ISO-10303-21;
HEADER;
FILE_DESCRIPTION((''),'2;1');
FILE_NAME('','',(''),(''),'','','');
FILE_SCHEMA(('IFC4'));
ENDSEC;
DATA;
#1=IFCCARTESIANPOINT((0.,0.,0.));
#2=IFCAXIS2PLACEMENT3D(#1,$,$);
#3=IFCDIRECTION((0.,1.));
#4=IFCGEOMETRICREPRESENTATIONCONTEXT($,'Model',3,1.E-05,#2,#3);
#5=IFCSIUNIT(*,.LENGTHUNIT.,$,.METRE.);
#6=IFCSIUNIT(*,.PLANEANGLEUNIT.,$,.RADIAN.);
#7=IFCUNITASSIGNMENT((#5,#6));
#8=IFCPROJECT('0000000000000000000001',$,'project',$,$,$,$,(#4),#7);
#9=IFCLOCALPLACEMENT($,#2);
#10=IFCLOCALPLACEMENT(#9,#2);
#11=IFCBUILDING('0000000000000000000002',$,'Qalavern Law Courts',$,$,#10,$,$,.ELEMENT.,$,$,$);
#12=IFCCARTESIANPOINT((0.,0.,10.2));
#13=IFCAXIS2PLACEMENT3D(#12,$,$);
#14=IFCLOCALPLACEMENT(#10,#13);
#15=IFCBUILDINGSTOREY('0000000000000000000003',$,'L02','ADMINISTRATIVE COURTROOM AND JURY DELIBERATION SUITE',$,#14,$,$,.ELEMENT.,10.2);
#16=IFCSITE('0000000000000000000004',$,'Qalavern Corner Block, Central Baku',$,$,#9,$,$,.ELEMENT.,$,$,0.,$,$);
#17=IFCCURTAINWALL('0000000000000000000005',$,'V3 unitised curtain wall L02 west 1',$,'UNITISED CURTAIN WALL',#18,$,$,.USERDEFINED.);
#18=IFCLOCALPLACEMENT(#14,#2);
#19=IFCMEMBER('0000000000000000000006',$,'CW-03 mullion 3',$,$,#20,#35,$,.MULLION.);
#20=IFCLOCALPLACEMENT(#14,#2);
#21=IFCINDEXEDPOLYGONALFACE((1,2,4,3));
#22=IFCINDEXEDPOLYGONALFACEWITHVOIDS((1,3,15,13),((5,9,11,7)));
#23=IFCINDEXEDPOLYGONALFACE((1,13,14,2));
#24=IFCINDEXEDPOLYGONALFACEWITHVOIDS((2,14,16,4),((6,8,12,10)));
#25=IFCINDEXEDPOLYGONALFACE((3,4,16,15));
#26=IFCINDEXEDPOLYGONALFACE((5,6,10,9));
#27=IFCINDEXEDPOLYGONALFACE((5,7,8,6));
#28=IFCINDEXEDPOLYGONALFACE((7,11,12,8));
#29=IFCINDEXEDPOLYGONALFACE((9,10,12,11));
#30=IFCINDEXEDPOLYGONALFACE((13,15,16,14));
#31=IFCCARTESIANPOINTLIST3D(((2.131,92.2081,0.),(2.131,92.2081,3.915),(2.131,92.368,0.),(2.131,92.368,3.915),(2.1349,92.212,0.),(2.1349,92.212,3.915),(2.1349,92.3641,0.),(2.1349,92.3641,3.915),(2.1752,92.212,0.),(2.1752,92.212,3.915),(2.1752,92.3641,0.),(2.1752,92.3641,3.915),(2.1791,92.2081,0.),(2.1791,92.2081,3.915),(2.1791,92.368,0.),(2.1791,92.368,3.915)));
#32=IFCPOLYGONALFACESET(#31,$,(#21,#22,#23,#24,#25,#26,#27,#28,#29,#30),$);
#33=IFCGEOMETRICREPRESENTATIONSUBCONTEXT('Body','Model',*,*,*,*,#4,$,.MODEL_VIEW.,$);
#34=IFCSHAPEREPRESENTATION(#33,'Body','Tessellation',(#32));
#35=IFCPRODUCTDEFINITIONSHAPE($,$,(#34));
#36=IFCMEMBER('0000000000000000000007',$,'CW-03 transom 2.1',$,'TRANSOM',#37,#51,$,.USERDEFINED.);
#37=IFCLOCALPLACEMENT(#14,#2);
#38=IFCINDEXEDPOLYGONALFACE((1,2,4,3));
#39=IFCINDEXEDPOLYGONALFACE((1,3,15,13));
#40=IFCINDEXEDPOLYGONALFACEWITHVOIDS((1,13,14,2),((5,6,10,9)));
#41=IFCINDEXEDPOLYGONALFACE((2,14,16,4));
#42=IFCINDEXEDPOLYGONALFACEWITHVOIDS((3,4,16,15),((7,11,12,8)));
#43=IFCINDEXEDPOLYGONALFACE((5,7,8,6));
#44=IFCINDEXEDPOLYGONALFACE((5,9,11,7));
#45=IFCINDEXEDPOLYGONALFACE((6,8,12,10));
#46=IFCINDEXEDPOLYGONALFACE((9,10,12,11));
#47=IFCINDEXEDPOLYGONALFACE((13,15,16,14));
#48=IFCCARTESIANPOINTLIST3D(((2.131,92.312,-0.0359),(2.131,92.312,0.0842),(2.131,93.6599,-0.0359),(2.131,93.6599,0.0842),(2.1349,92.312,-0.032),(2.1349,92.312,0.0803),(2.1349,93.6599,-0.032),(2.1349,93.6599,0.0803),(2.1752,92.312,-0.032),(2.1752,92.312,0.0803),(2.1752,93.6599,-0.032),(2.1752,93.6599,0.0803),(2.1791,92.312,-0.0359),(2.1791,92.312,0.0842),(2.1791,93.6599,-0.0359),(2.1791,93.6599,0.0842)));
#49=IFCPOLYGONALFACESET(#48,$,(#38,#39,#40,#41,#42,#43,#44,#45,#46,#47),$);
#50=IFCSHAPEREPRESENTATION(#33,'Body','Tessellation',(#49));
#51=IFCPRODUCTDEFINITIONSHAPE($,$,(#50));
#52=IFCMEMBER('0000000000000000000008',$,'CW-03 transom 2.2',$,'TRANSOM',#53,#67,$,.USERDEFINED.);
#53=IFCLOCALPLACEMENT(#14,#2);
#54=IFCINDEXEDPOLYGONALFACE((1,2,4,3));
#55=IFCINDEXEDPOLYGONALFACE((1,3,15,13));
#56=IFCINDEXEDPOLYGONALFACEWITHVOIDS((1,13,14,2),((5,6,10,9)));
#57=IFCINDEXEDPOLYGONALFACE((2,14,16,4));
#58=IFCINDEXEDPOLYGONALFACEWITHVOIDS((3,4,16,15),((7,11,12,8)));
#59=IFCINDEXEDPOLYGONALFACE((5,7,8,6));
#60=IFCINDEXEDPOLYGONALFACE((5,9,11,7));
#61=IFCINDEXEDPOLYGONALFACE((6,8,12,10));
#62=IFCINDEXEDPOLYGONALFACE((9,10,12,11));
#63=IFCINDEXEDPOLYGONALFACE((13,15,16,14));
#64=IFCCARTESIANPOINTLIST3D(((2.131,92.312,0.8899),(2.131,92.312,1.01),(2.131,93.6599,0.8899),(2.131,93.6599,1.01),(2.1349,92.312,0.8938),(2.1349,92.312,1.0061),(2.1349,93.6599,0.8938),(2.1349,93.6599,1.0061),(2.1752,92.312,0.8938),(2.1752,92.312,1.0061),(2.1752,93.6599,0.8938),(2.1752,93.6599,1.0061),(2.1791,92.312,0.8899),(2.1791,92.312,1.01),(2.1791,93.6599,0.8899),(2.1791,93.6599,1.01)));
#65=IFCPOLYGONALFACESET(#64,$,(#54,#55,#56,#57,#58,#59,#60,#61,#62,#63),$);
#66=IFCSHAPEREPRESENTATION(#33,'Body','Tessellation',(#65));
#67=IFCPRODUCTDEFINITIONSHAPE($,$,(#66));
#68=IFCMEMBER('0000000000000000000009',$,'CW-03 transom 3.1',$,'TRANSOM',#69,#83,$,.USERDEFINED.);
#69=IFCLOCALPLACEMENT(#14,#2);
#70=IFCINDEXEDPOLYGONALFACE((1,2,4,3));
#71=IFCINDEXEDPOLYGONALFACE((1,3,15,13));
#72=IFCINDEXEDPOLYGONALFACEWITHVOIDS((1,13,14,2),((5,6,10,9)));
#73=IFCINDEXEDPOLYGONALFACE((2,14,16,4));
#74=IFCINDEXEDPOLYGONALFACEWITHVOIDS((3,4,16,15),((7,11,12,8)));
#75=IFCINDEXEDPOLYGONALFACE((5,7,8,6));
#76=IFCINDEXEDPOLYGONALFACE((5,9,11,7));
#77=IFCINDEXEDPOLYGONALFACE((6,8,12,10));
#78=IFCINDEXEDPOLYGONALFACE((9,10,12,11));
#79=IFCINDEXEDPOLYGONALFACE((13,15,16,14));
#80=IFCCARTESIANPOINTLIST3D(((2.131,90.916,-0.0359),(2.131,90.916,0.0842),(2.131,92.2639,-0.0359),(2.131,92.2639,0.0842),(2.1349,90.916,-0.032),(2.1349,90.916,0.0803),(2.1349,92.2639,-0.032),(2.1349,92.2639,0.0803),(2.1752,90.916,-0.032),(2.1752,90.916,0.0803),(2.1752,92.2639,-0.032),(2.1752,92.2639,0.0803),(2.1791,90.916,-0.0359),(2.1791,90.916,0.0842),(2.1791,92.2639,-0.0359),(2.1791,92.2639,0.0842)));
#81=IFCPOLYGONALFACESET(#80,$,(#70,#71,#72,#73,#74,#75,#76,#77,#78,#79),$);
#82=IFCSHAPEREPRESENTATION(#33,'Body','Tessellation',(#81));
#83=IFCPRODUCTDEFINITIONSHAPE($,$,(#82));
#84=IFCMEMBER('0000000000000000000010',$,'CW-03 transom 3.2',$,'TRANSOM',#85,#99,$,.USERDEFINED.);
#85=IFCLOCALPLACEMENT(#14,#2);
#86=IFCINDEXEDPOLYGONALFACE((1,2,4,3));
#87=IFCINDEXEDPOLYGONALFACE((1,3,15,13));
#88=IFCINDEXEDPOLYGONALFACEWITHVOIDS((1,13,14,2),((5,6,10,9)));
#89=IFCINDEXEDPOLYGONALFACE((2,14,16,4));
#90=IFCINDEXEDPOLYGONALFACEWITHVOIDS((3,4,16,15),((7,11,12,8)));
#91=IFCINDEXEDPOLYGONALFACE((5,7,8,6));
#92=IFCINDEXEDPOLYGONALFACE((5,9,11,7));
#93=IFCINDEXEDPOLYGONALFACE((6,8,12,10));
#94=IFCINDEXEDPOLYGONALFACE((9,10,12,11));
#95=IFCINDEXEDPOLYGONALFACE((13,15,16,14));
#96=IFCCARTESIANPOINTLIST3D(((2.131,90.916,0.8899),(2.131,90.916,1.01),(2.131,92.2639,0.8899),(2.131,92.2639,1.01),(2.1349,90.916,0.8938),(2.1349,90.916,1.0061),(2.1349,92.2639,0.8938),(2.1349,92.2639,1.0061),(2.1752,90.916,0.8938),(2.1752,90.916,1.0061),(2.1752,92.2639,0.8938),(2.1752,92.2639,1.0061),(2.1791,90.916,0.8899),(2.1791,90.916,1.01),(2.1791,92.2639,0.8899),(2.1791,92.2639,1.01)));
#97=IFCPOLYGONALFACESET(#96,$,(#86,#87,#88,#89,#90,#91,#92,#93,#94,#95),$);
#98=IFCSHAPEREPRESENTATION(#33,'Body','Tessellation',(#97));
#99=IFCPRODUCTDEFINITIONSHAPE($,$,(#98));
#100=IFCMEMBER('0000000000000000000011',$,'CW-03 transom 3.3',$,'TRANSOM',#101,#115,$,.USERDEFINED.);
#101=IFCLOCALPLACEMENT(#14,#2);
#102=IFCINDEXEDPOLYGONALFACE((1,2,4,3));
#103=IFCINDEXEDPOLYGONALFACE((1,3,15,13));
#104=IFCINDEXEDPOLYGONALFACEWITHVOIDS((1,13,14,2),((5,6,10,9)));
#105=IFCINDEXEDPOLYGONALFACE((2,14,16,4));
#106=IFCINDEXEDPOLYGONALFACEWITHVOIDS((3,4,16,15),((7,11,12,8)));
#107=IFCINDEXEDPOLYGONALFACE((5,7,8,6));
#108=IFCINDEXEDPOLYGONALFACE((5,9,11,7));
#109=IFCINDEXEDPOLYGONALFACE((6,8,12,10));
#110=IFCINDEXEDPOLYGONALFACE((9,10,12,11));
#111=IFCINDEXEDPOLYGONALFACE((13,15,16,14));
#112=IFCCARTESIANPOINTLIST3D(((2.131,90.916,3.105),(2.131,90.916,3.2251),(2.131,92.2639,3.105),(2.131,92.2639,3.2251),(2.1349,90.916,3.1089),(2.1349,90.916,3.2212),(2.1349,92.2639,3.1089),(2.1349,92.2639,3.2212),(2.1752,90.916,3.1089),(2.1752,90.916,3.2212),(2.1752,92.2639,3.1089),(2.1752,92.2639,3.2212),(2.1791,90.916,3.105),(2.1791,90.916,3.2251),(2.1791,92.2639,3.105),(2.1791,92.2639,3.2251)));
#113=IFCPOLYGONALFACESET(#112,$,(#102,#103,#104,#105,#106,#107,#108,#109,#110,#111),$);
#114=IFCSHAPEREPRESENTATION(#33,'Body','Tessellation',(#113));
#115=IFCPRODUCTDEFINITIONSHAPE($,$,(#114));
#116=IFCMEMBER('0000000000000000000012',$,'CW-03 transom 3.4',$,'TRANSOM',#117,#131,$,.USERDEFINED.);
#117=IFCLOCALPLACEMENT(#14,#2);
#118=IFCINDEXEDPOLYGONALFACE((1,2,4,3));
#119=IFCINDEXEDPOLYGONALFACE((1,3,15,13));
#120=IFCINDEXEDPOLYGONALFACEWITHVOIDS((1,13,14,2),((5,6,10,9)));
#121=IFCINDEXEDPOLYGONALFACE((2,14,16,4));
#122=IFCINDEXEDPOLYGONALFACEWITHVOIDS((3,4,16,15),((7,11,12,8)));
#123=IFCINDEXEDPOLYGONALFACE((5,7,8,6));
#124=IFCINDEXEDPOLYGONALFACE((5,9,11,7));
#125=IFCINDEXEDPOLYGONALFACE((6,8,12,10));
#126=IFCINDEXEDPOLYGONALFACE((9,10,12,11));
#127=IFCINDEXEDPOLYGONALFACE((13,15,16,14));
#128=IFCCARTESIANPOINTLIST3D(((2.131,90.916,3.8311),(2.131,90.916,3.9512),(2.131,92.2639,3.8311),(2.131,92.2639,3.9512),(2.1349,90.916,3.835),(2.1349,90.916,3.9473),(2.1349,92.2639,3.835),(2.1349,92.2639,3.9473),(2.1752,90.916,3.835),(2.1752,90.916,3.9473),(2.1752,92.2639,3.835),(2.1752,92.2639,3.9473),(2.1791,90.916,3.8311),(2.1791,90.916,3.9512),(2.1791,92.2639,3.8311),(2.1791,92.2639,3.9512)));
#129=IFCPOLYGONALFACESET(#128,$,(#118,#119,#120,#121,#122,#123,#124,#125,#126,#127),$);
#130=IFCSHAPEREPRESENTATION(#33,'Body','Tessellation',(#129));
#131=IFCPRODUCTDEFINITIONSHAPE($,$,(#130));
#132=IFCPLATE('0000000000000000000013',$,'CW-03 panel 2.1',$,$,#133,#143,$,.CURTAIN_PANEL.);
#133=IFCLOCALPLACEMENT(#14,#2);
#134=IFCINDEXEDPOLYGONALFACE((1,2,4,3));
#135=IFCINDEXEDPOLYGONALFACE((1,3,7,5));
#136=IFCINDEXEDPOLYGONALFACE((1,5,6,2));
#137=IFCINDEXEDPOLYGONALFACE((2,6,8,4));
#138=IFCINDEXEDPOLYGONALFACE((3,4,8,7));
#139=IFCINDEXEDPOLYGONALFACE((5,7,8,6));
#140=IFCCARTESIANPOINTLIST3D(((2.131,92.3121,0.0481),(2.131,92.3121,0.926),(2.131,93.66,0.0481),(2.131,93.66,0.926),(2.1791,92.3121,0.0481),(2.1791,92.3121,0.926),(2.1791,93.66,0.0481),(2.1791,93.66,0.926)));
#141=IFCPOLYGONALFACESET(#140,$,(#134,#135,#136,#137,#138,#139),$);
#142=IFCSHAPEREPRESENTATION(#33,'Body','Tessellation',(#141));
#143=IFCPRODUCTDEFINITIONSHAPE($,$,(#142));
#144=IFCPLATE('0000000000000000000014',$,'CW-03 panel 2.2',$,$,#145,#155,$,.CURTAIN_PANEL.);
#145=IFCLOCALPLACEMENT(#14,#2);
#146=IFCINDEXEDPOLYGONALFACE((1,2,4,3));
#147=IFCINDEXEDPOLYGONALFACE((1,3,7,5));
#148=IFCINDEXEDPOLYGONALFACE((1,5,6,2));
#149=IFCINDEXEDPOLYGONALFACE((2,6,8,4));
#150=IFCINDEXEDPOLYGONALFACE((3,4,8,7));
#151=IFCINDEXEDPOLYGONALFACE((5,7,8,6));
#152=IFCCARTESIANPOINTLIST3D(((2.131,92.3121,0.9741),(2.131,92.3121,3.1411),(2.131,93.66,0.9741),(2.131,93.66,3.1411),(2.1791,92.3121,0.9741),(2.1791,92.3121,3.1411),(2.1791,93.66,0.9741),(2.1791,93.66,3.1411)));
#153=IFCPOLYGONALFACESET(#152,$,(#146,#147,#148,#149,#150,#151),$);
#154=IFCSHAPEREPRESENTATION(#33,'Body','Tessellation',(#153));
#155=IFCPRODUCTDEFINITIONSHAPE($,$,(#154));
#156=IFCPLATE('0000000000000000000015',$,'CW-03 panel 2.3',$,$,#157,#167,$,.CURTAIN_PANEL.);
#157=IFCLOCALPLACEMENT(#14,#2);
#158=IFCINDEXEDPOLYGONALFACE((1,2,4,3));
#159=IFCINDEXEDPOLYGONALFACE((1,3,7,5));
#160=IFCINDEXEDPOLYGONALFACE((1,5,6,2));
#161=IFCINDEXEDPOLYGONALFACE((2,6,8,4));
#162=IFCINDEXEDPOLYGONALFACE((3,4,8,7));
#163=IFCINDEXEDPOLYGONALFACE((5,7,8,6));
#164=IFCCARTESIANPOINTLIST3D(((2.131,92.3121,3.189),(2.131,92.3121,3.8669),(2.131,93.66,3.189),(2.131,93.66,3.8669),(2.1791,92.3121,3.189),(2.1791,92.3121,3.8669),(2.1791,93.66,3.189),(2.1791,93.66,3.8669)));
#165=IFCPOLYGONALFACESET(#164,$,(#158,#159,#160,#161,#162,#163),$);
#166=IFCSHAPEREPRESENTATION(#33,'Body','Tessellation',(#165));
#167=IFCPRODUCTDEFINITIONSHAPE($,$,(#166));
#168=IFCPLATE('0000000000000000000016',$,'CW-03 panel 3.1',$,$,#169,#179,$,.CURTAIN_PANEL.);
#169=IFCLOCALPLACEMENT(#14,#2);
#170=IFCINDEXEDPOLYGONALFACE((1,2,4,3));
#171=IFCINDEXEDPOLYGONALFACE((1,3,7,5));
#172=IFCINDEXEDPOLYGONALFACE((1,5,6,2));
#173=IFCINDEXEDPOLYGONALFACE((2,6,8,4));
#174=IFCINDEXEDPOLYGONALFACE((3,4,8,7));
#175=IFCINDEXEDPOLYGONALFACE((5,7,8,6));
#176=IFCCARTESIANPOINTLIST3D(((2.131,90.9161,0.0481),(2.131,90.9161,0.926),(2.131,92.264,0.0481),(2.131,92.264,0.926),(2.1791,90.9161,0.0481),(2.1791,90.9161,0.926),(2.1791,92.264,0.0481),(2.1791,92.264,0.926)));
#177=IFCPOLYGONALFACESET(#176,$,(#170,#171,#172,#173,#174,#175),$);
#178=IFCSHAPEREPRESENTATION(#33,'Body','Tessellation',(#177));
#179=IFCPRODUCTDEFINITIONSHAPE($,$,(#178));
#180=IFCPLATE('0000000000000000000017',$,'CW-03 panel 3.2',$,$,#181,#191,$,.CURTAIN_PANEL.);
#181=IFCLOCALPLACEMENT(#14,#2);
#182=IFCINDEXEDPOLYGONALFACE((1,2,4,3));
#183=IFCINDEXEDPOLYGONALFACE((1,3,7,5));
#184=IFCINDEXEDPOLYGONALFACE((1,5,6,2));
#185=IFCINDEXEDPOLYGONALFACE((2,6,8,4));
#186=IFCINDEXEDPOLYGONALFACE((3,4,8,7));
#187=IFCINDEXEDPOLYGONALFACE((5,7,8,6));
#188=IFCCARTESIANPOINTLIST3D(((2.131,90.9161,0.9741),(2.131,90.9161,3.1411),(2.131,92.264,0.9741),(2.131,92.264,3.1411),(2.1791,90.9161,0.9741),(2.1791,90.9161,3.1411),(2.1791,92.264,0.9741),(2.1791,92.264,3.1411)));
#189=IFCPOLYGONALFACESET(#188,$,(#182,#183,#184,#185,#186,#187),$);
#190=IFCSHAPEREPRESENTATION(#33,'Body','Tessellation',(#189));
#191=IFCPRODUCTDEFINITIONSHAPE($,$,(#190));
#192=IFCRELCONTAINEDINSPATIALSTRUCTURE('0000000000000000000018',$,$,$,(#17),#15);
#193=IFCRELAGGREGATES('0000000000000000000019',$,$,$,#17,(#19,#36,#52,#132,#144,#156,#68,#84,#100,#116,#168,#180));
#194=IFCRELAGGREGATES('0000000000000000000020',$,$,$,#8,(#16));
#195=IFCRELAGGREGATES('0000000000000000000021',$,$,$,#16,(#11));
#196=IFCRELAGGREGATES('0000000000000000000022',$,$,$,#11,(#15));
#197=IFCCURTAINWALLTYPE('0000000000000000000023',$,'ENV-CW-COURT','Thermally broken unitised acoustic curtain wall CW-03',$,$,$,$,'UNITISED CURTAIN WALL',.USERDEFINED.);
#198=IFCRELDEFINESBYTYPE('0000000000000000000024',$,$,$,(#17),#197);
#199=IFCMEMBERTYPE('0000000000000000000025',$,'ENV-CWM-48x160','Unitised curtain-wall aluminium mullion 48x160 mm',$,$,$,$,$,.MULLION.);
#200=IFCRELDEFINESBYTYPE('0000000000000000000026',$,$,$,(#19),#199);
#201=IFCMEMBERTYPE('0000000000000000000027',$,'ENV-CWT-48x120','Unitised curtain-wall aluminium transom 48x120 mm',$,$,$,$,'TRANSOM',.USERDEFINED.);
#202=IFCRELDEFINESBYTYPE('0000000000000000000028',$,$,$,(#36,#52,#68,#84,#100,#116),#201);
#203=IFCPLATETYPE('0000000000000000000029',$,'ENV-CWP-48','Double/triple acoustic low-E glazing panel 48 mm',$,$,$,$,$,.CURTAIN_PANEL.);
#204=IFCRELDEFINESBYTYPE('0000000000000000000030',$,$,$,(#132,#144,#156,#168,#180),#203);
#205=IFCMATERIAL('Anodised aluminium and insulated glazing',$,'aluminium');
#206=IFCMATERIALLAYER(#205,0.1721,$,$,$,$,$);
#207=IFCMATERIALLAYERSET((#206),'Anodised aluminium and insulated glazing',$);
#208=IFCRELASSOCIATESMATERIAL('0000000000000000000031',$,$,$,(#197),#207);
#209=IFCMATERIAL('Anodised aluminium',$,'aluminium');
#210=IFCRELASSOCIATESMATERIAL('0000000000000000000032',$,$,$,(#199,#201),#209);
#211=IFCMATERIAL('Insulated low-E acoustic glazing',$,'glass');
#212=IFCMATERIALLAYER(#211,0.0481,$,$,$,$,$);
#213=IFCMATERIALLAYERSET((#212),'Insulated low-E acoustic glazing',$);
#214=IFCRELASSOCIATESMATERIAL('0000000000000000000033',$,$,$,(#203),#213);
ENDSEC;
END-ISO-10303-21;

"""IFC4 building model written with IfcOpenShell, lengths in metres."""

from ifc_helpers import new_model, si_unit, direction, frame, origin, origin_2d, place, context, subcontext, project, spatial, rectangle, hollow_rectangle, extrude, material, layer, layer_set, material_profile, profile_set, type_object, element, aggregate, save


model = new_model("IFC4")

# Units and contexts
model_context = context("Model", 3, precision=1e-05, world=origin(), true_north=direction((0.0, 1.0)))
body_context = subcontext(model_context, "Body", "Model", "MODEL_VIEW")
ifc_project = project(units=[si_unit("LENGTHUNIT", "METRE"), si_unit("PLANEANGLEUNIT", "RADIAN")], contexts=[model_context])

# Site, building, storey
site_placement = place(None, origin())
site = spatial("IfcSite", under=ifc_project, at=site_placement, Name="Qalavern Corner Block, Central Baku", CompositionType="ELEMENT", RefElevation=0.0)
building_placement = place(site_placement, origin())
building = spatial("IfcBuilding", under=site, at=building_placement, Name="Qalavern Law Courts", CompositionType="ELEMENT")
storey_placement = place(building_placement, frame((0.0, 0.0, 10.2)))
storey = spatial("IfcBuildingStorey", under=building, at=storey_placement, Name="L02", Description="ADMINISTRATIVE COURTROOM AND JURY DELIBERATION SUITE", CompositionType="ELEMENT", Elevation=10.2)

# Curtain wall, members, plates
ifc_material_1 = material(Name="Anodised aluminium and insulated glazing", Category="aluminium")
ifc_layer_1 = layer(ifc_material_1, 0.1721)
ifc_layer_set_1 = layer_set([ifc_layer_1], Name="Anodised aluminium and insulated glazing")
curtain_wall_type = type_object("IfcCurtainWallType", Name="ENV-CW-COURT", Description="Thermally broken unitised acoustic curtain wall CW-03", ElementType="UNITISED CURTAIN WALL", PredefinedType="USERDEFINED", material=ifc_layer_set_1)
curtain_wall_placement = place(storey_placement, origin())
curtain_wall = element("IfcCurtainWall", 1, at=curtain_wall_placement, inside=storey, type_object=curtain_wall_type, Name="V3 unitised curtain wall L02 west 1", ObjectType="UNITISED CURTAIN WALL", PredefinedType="USERDEFINED")
ifc_material_2 = material(Name="Anodised aluminium", Category="aluminium")
ifc_material_profile_1 = material_profile(ifc_material_2, hollow_rectangle(XDim=0.0481, YDim=0.1599, WallThickness=0.0039, at=origin_2d()), Name="ALU MULLION 48x160")
ifc_profile_set_1 = profile_set([ifc_material_profile_1], Name="Anodised aluminium")
member_type_1 = type_object("IfcMemberType", Name="ENV-CWM-48x160", Description="Unitised curtain-wall aluminium mullion 48x160 mm", PredefinedType="MULLION", material=ifc_profile_set_1)
member_1_placement = place(storey_placement, frame((2.155, 92.2881, 0.0), z_axis=(0.0, 0.0, 1.0), x_axis=(1.0, 0.0, 0.0)))
member_1 = element("IfcMember", 2, at=member_1_placement, type_object=member_type_1, Name="CW-03 mullion 3", PredefinedType="MULLION", context=body_context, shape_type="SweptSolid", body=[
    extrude(hollow_rectangle(XDim=0.0481, YDim=0.1599, WallThickness=0.0039, at=origin_2d()), origin(), (0.0, 0.0, 1.0), 3.915),
])
ifc_material_profile_2 = material_profile(ifc_material_2, hollow_rectangle(XDim=0.0481, YDim=0.1201, WallThickness=0.0039, at=origin_2d()), Name="ALU TRANSOM 48x120")
ifc_profile_set_2 = profile_set([ifc_material_profile_2], Name="Anodised aluminium")
member_type_2 = type_object("IfcMemberType", Name="ENV-CWT-48x120", Description="Unitised curtain-wall aluminium transom 48x120 mm", ElementType="TRANSOM", PredefinedType="USERDEFINED", material=ifc_profile_set_2)
member_2_placement = place(storey_placement, frame((2.155, 93.6599, 0.0242), z_axis=(0.0, -1.0, 0.0), x_axis=(1.0, 0.0, 0.0)))
member_2 = element("IfcMember", 3, at=member_2_placement, type_object=member_type_2, Name="CW-03 transom 2.1", ObjectType="TRANSOM", PredefinedType="USERDEFINED", context=body_context, shape_type="SweptSolid", body=[
    extrude(hollow_rectangle(XDim=0.0481, YDim=0.1201, WallThickness=0.0039, at=origin_2d()), origin(), (0.0, 0.0, 1.0), 1.3479),
])
member_3_placement = place(storey_placement, frame((2.155, 93.6599, 0.95), z_axis=(0.0, -1.0, 0.0), x_axis=(1.0, 0.0, 0.0)))
member_3 = element("IfcMember", 4, at=member_3_placement, type_object=member_type_2, Name="CW-03 transom 2.2", ObjectType="TRANSOM", PredefinedType="USERDEFINED", context=body_context, shape_type="SweptSolid", body=[
    extrude(hollow_rectangle(XDim=0.0481, YDim=0.1201, WallThickness=0.0039, at=origin_2d()), origin(), (0.0, 0.0, 1.0), 1.3479),
])
member_4_placement = place(storey_placement, frame((2.155, 92.2639, 0.0242), z_axis=(0.0, -1.0, 0.0), x_axis=(1.0, 0.0, 0.0)))
member_4 = element("IfcMember", 5, at=member_4_placement, type_object=member_type_2, Name="CW-03 transom 3.1", ObjectType="TRANSOM", PredefinedType="USERDEFINED", context=body_context, shape_type="SweptSolid", body=[
    extrude(hollow_rectangle(XDim=0.0481, YDim=0.1201, WallThickness=0.0039, at=origin_2d()), origin(), (0.0, 0.0, 1.0), 1.3479),
])
member_5_placement = place(storey_placement, frame((2.155, 92.2639, 0.95), z_axis=(0.0, -1.0, 0.0), x_axis=(1.0, 0.0, 0.0)))
member_5 = element("IfcMember", 6, at=member_5_placement, type_object=member_type_2, Name="CW-03 transom 3.2", ObjectType="TRANSOM", PredefinedType="USERDEFINED", context=body_context, shape_type="SweptSolid", body=[
    extrude(hollow_rectangle(XDim=0.0481, YDim=0.1201, WallThickness=0.0039, at=origin_2d()), origin(), (0.0, 0.0, 1.0), 1.3479),
])
member_6_placement = place(storey_placement, frame((2.155, 92.2639, 3.165), z_axis=(0.0, -1.0, 0.0), x_axis=(1.0, 0.0, 0.0)))
member_6 = element("IfcMember", 7, at=member_6_placement, type_object=member_type_2, Name="CW-03 transom 3.3", ObjectType="TRANSOM", PredefinedType="USERDEFINED", context=body_context, shape_type="SweptSolid", body=[
    extrude(hollow_rectangle(XDim=0.0481, YDim=0.1201, WallThickness=0.0039, at=origin_2d()), origin(), (0.0, 0.0, 1.0), 1.3479),
])
member_7_placement = place(storey_placement, frame((2.155, 92.2639, 3.8911), z_axis=(0.0, -1.0, 0.0), x_axis=(1.0, 0.0, 0.0)))
member_7 = element("IfcMember", 8, at=member_7_placement, type_object=member_type_2, Name="CW-03 transom 3.4", ObjectType="TRANSOM", PredefinedType="USERDEFINED", context=body_context, shape_type="SweptSolid", body=[
    extrude(hollow_rectangle(XDim=0.0481, YDim=0.1201, WallThickness=0.0039, at=origin_2d()), origin(), (0.0, 0.0, 1.0), 1.3479),
])
ifc_material_3 = material(Name="Insulated low-E acoustic glazing", Category="glass")
ifc_layer_2 = layer(ifc_material_3, 0.0481)
ifc_layer_set_2 = layer_set([ifc_layer_2], Name="Insulated low-E acoustic glazing")
plate_type = type_object("IfcPlateType", Name="ENV-CWP-48", Description="Double/triple acoustic low-E glazing panel 48 mm", PredefinedType="CURTAIN_PANEL", material=ifc_layer_set_2)
plate_1_placement = place(storey_placement, frame((2.155, 92.9861, 0.0481), z_axis=(0.0, 0.0, 1.0), x_axis=(0.0, -1.0, 0.0)))
plate_1 = element("IfcPlate", 9, at=plate_1_placement, type_object=plate_type, Name="CW-03 panel 2.1", PredefinedType="CURTAIN_PANEL", context=body_context, shape_type="SweptSolid", body=[
    extrude(rectangle(XDim=1.3479, YDim=0.0481, at=origin_2d()), origin(), (0.0, 0.0, 1.0), 0.8779),
])
plate_2_placement = place(storey_placement, frame((2.155, 92.9861, 0.9741), z_axis=(0.0, 0.0, 1.0), x_axis=(0.0, -1.0, 0.0)))
plate_2 = element("IfcPlate", 10, at=plate_2_placement, type_object=plate_type, Name="CW-03 panel 2.2", PredefinedType="CURTAIN_PANEL", context=body_context, shape_type="SweptSolid", body=[
    extrude(rectangle(XDim=1.3479, YDim=0.0481, at=origin_2d()), origin(), (0.0, 0.0, 1.0), 2.167),
])
plate_3_placement = place(storey_placement, frame((2.155, 92.9861, 3.189), z_axis=(0.0, 0.0, 1.0), x_axis=(0.0, -1.0, 0.0)))
plate_3 = element("IfcPlate", 11, at=plate_3_placement, type_object=plate_type, Name="CW-03 panel 2.3", PredefinedType="CURTAIN_PANEL", context=body_context, shape_type="SweptSolid", body=[
    extrude(rectangle(XDim=1.3479, YDim=0.0481, at=origin_2d()), origin(), (0.0, 0.0, 1.0), 0.678),
])
plate_4_placement = place(storey_placement, frame((2.155, 91.5901, 0.0481), z_axis=(0.0, 0.0, 1.0), x_axis=(0.0, -1.0, 0.0)))
plate_4 = element("IfcPlate", 12, at=plate_4_placement, type_object=plate_type, Name="CW-03 panel 3.1", PredefinedType="CURTAIN_PANEL", context=body_context, shape_type="SweptSolid", body=[
    extrude(rectangle(XDim=1.3479, YDim=0.0481, at=origin_2d()), origin(), (0.0, 0.0, 1.0), 0.8779),
])
plate_5_placement = place(storey_placement, frame((2.155, 91.5901, 0.9741), z_axis=(0.0, 0.0, 1.0), x_axis=(0.0, -1.0, 0.0)))
plate_5 = element("IfcPlate", 13, at=plate_5_placement, type_object=plate_type, Name="CW-03 panel 3.2", PredefinedType="CURTAIN_PANEL", context=body_context, shape_type="SweptSolid", body=[
    extrude(rectangle(XDim=1.3479, YDim=0.0481, at=origin_2d()), origin(), (0.0, 0.0, 1.0), 2.167),
])
aggregate(curtain_wall, [member_1, member_2, member_3, plate_1, plate_2, plate_3, member_4, member_5, member_6, member_7, plate_4, plate_5])

save(model, "model.ifc")
